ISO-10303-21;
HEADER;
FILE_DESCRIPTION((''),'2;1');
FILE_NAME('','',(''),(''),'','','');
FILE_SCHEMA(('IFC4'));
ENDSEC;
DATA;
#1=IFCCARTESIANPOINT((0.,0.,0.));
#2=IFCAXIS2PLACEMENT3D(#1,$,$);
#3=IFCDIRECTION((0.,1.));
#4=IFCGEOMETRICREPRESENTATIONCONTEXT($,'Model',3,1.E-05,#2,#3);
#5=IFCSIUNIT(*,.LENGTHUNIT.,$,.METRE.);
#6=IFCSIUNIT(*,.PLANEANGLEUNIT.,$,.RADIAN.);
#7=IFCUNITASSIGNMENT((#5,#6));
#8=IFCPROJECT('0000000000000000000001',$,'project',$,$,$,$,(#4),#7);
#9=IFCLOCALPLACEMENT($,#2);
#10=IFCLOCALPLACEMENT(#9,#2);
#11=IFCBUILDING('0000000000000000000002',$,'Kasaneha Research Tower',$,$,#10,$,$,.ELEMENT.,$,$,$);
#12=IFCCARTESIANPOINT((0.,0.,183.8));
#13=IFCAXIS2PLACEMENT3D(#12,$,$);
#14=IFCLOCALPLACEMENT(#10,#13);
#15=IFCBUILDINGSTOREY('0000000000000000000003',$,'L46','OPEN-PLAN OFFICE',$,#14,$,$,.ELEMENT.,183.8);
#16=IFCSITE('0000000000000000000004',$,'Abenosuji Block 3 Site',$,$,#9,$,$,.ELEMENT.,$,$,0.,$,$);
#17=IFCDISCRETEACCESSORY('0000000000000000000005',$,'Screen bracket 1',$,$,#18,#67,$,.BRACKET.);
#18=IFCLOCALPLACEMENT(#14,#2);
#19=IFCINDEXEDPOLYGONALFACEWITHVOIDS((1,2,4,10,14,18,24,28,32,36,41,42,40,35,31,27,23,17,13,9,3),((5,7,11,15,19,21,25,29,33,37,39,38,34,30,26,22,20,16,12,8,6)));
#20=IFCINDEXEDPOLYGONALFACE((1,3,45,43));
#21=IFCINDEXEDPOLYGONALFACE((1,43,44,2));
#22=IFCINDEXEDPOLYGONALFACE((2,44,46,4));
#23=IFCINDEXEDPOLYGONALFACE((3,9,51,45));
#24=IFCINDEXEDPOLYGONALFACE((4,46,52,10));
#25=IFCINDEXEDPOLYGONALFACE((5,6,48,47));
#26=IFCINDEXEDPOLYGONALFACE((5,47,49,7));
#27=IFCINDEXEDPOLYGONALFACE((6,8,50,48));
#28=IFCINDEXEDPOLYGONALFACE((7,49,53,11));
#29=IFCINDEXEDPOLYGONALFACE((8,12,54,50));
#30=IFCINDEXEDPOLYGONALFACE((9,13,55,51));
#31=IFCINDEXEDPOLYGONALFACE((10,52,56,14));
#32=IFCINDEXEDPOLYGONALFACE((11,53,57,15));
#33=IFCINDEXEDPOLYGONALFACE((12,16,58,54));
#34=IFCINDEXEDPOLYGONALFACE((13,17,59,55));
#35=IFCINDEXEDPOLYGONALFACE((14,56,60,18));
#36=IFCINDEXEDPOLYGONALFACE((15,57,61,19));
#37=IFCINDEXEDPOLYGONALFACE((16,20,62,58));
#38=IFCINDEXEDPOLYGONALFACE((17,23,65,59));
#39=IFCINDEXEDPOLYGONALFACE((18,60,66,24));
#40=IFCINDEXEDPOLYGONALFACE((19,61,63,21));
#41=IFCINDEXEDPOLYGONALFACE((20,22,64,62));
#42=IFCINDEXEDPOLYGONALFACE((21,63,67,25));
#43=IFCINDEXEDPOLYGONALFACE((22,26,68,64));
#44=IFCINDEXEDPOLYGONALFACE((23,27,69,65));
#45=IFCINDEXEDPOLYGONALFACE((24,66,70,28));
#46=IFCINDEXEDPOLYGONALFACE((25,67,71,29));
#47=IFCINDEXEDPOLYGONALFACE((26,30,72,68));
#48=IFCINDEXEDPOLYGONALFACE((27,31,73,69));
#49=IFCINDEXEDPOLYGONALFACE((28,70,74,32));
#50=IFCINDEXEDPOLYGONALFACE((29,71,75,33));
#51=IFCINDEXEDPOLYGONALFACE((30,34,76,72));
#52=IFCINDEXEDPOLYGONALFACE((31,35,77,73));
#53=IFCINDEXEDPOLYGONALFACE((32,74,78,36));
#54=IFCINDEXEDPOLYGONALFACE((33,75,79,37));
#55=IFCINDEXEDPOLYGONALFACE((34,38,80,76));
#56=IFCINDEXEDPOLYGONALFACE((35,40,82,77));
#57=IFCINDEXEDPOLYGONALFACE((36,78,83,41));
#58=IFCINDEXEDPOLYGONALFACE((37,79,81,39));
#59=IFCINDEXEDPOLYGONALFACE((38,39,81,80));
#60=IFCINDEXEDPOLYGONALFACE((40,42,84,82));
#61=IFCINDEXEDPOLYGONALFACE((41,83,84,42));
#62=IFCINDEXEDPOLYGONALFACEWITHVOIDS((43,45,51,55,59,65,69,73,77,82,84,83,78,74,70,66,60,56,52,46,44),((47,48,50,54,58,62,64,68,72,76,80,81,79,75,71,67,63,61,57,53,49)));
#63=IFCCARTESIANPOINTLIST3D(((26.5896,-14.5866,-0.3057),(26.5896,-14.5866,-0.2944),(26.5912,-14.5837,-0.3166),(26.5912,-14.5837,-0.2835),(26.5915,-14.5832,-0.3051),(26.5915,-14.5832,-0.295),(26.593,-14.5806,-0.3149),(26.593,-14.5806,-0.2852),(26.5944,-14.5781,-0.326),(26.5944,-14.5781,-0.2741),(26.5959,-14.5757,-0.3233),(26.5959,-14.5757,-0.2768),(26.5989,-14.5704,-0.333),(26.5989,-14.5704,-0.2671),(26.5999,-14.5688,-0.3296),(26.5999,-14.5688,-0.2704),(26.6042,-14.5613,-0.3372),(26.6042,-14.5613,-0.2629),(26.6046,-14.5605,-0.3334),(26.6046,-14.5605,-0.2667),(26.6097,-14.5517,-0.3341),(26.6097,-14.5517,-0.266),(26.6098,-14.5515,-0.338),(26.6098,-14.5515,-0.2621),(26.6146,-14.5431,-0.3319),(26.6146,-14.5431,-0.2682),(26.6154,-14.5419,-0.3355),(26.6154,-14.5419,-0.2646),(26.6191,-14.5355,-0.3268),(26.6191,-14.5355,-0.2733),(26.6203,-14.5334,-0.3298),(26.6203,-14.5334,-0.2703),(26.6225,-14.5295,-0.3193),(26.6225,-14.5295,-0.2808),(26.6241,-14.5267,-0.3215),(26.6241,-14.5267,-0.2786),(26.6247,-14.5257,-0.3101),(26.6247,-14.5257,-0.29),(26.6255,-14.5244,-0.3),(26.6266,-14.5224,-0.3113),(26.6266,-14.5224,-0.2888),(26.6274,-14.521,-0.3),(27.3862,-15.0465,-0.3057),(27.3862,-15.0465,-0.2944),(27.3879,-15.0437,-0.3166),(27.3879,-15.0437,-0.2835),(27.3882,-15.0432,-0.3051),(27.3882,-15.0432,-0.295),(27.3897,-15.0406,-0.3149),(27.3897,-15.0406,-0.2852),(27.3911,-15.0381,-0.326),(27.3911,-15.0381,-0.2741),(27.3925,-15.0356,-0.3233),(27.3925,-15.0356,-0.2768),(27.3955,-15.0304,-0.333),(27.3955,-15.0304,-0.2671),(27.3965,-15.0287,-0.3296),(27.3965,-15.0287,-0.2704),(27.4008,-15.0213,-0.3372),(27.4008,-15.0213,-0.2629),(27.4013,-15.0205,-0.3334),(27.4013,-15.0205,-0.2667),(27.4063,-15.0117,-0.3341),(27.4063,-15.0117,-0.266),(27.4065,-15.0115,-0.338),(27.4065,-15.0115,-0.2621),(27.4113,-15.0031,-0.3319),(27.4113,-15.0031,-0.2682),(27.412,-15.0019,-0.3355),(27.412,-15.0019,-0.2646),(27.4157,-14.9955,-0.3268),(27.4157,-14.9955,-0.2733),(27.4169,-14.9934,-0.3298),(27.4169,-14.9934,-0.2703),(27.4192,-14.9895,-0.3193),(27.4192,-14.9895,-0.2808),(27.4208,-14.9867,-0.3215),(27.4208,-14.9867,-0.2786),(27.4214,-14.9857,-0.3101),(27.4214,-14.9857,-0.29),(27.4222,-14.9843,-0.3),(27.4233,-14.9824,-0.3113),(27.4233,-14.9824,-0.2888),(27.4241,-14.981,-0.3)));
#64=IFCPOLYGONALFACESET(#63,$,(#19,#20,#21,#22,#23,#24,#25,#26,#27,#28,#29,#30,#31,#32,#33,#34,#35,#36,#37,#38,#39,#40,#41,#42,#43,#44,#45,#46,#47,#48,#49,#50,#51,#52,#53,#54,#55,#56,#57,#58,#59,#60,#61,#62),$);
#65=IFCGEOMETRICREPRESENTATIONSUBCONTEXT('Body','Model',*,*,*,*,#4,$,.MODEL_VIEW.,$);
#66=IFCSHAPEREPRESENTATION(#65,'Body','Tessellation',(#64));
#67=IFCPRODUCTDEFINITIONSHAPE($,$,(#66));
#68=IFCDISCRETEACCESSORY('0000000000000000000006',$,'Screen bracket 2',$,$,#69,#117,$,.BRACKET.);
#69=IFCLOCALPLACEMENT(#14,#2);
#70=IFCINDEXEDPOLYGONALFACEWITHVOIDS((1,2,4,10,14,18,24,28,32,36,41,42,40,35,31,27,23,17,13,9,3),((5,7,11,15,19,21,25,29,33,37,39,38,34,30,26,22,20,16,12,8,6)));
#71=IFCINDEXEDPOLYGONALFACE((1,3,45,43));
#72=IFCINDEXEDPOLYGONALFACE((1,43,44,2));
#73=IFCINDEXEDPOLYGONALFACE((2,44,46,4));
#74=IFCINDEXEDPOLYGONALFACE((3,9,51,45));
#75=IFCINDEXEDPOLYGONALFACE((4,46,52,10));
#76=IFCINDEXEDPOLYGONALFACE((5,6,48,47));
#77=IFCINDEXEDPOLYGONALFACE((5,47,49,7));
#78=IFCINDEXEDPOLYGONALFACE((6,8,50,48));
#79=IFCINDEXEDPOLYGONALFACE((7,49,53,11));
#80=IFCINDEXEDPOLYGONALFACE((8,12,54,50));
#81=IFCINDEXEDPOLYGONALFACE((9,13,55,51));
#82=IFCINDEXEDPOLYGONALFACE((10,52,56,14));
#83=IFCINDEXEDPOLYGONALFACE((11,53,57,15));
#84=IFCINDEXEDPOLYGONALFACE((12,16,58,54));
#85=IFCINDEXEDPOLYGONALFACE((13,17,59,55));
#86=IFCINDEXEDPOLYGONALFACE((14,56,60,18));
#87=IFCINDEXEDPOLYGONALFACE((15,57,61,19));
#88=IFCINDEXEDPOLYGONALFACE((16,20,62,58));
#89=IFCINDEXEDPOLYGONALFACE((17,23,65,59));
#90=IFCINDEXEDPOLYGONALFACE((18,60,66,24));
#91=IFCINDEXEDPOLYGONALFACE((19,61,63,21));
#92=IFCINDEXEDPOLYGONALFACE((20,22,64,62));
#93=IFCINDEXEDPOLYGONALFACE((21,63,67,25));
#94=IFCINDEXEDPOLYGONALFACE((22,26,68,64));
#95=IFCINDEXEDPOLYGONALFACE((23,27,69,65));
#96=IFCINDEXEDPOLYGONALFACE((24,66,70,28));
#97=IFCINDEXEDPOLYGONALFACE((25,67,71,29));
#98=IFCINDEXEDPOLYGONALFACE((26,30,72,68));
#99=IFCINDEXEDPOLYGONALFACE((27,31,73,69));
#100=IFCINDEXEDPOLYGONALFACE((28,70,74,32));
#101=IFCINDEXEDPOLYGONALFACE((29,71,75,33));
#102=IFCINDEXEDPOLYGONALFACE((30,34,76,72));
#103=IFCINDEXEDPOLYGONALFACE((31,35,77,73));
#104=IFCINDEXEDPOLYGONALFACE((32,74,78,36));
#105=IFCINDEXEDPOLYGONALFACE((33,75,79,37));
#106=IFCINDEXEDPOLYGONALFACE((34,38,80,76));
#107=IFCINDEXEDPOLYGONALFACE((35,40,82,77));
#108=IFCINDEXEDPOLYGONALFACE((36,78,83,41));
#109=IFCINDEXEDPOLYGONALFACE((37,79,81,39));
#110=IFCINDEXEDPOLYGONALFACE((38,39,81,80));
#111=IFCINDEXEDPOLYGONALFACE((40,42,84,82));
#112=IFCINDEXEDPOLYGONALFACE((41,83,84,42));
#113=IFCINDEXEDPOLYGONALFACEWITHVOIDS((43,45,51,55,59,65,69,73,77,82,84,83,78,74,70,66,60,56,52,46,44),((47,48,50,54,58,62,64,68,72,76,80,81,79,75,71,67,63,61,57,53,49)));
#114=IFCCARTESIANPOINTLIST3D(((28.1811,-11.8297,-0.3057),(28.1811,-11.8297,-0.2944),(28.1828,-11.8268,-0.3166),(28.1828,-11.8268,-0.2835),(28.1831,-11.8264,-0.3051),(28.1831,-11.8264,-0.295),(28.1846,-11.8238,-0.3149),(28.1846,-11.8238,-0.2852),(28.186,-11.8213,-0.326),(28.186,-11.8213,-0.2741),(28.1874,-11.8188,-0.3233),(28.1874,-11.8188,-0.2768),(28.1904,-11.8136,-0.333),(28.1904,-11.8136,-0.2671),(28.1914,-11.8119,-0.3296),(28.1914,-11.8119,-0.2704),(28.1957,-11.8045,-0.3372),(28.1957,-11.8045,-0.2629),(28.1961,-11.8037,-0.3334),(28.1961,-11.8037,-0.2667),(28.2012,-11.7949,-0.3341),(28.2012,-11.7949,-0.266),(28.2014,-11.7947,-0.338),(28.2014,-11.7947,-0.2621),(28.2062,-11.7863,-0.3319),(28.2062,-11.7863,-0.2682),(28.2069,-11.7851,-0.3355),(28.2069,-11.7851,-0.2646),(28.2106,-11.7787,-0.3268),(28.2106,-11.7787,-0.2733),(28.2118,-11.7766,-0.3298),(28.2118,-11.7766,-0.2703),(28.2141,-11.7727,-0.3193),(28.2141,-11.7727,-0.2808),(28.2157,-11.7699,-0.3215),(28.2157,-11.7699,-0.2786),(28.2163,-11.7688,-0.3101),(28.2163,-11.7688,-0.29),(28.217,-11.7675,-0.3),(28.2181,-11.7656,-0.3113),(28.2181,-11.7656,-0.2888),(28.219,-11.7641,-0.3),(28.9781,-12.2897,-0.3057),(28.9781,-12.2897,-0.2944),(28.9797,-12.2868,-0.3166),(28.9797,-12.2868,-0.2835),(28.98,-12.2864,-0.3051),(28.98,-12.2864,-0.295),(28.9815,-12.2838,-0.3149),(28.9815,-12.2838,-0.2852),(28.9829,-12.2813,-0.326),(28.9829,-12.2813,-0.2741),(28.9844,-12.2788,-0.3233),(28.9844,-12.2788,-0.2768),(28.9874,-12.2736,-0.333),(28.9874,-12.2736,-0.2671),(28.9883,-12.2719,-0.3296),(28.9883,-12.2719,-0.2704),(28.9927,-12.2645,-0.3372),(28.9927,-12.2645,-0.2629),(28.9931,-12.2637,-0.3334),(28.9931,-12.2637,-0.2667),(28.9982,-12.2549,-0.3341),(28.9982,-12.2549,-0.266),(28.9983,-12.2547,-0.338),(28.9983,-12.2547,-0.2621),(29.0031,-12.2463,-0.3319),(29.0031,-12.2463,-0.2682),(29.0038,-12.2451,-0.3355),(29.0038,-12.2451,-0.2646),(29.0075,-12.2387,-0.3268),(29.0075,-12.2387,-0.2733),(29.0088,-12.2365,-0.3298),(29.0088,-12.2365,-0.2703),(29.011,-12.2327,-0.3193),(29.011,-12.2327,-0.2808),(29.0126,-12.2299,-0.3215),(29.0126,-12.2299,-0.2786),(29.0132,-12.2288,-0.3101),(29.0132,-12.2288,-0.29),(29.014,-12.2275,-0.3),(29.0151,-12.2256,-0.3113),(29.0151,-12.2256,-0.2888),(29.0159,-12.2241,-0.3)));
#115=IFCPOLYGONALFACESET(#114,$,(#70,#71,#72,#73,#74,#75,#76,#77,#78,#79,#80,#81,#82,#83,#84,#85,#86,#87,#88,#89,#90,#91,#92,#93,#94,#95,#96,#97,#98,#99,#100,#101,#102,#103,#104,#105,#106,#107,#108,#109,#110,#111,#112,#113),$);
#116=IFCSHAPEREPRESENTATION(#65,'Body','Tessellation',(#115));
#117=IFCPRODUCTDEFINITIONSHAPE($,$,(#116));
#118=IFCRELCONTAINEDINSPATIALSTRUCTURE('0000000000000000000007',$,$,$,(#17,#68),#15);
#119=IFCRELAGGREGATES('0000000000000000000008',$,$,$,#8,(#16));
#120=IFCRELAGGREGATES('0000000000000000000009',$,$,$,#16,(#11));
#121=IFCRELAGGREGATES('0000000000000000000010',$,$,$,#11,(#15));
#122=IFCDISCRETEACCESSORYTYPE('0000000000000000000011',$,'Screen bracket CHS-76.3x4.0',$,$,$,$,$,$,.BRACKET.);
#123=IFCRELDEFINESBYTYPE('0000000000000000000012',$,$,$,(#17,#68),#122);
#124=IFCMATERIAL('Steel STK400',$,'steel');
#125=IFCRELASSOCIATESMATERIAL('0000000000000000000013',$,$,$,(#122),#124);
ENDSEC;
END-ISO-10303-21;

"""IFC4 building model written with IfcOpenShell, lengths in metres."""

from ifc_helpers import new_model, si_unit, direction, frame, origin, origin_2d, place, context, subcontext, project, spatial, hollow_circle, extrude, material, material_profile, profile_set, type_object, element, save


model = new_model("IFC4")

# Units and contexts
model_context = context("Model", 3, precision=1e-05, world=origin(), true_north=direction((0.0, 1.0)))
body_context = subcontext(model_context, "Body", "Model", "MODEL_VIEW")
ifc_project = project(units=[si_unit("LENGTHUNIT", "METRE"), si_unit("PLANEANGLEUNIT", "RADIAN")], contexts=[model_context])

# Site, building, storey
site_placement = place(None, origin())
site = spatial("IfcSite", under=ifc_project, at=site_placement, Name="Abenosuji Block 3 Site", CompositionType="ELEMENT", RefElevation=0.0)
building_placement = place(site_placement, origin())
building = spatial("IfcBuilding", under=site, at=building_placement, Name="Kasaneha Research Tower", CompositionType="ELEMENT")
storey_placement = place(building_placement, frame((0.0, 0.0, 183.8)))
storey = spatial("IfcBuildingStorey", under=building, at=storey_placement, Name="L46", Description="OPEN-PLAN OFFICE", CompositionType="ELEMENT", Elevation=183.8)

# Discrete accessories
ifc_material_1 = material(Name="Steel STK400", Category="steel")
ifc_material_profile_1 = material_profile(ifc_material_1, hollow_circle(Radius=0.0381, WallThickness=0.0039, at=origin_2d()), Name="CHS-76.3x4.0")
ifc_profile_set_1 = profile_set([ifc_material_profile_1], Name="Steel STK400")
discrete_accessory_type = type_object("IfcDiscreteAccessoryType", Name="Screen bracket CHS-76.3x4.0", PredefinedType="BRACKET", material=ifc_profile_set_1)
for number, where, z_axis, x_axis, name in (
    (1, (26.6084, -14.554, -0.3), (0.866013, -0.500021, 0.0), (0.500021, 0.866013, 0.0), "Screen bracket 1"),
):
    element("IfcDiscreteAccessory", number, at=place(storey_placement, frame(where, z_axis=z_axis, x_axis=x_axis)), inside=storey, type_object=discrete_accessory_type, Name=name, PredefinedType="BRACKET", context=body_context, shape_type="SweptSolid", body=[
        extrude(hollow_circle(Radius=0.0381, WallThickness=0.0039, at=origin_2d()), origin(), (0.0, 0.0, 1.0), 0.9199),
    ])
discrete_accessory_1_placement = place(storey_placement, frame((28.2, -11.7971, -0.3), z_axis=(0.86608, -0.499906, 0.0), x_axis=(0.499906, 0.86608, 0.0)))
element("IfcDiscreteAccessory", 2, at=discrete_accessory_1_placement, inside=storey, type_object=discrete_accessory_type, Name="Screen bracket 2", PredefinedType="BRACKET", context=body_context, shape_type="SweptSolid", body=[
    extrude(hollow_circle(Radius=0.0381, WallThickness=0.0039, at=origin_2d()), origin(), (0.0, 0.0, 1.0), 0.9202),
])

save(model, "model.ifc")
